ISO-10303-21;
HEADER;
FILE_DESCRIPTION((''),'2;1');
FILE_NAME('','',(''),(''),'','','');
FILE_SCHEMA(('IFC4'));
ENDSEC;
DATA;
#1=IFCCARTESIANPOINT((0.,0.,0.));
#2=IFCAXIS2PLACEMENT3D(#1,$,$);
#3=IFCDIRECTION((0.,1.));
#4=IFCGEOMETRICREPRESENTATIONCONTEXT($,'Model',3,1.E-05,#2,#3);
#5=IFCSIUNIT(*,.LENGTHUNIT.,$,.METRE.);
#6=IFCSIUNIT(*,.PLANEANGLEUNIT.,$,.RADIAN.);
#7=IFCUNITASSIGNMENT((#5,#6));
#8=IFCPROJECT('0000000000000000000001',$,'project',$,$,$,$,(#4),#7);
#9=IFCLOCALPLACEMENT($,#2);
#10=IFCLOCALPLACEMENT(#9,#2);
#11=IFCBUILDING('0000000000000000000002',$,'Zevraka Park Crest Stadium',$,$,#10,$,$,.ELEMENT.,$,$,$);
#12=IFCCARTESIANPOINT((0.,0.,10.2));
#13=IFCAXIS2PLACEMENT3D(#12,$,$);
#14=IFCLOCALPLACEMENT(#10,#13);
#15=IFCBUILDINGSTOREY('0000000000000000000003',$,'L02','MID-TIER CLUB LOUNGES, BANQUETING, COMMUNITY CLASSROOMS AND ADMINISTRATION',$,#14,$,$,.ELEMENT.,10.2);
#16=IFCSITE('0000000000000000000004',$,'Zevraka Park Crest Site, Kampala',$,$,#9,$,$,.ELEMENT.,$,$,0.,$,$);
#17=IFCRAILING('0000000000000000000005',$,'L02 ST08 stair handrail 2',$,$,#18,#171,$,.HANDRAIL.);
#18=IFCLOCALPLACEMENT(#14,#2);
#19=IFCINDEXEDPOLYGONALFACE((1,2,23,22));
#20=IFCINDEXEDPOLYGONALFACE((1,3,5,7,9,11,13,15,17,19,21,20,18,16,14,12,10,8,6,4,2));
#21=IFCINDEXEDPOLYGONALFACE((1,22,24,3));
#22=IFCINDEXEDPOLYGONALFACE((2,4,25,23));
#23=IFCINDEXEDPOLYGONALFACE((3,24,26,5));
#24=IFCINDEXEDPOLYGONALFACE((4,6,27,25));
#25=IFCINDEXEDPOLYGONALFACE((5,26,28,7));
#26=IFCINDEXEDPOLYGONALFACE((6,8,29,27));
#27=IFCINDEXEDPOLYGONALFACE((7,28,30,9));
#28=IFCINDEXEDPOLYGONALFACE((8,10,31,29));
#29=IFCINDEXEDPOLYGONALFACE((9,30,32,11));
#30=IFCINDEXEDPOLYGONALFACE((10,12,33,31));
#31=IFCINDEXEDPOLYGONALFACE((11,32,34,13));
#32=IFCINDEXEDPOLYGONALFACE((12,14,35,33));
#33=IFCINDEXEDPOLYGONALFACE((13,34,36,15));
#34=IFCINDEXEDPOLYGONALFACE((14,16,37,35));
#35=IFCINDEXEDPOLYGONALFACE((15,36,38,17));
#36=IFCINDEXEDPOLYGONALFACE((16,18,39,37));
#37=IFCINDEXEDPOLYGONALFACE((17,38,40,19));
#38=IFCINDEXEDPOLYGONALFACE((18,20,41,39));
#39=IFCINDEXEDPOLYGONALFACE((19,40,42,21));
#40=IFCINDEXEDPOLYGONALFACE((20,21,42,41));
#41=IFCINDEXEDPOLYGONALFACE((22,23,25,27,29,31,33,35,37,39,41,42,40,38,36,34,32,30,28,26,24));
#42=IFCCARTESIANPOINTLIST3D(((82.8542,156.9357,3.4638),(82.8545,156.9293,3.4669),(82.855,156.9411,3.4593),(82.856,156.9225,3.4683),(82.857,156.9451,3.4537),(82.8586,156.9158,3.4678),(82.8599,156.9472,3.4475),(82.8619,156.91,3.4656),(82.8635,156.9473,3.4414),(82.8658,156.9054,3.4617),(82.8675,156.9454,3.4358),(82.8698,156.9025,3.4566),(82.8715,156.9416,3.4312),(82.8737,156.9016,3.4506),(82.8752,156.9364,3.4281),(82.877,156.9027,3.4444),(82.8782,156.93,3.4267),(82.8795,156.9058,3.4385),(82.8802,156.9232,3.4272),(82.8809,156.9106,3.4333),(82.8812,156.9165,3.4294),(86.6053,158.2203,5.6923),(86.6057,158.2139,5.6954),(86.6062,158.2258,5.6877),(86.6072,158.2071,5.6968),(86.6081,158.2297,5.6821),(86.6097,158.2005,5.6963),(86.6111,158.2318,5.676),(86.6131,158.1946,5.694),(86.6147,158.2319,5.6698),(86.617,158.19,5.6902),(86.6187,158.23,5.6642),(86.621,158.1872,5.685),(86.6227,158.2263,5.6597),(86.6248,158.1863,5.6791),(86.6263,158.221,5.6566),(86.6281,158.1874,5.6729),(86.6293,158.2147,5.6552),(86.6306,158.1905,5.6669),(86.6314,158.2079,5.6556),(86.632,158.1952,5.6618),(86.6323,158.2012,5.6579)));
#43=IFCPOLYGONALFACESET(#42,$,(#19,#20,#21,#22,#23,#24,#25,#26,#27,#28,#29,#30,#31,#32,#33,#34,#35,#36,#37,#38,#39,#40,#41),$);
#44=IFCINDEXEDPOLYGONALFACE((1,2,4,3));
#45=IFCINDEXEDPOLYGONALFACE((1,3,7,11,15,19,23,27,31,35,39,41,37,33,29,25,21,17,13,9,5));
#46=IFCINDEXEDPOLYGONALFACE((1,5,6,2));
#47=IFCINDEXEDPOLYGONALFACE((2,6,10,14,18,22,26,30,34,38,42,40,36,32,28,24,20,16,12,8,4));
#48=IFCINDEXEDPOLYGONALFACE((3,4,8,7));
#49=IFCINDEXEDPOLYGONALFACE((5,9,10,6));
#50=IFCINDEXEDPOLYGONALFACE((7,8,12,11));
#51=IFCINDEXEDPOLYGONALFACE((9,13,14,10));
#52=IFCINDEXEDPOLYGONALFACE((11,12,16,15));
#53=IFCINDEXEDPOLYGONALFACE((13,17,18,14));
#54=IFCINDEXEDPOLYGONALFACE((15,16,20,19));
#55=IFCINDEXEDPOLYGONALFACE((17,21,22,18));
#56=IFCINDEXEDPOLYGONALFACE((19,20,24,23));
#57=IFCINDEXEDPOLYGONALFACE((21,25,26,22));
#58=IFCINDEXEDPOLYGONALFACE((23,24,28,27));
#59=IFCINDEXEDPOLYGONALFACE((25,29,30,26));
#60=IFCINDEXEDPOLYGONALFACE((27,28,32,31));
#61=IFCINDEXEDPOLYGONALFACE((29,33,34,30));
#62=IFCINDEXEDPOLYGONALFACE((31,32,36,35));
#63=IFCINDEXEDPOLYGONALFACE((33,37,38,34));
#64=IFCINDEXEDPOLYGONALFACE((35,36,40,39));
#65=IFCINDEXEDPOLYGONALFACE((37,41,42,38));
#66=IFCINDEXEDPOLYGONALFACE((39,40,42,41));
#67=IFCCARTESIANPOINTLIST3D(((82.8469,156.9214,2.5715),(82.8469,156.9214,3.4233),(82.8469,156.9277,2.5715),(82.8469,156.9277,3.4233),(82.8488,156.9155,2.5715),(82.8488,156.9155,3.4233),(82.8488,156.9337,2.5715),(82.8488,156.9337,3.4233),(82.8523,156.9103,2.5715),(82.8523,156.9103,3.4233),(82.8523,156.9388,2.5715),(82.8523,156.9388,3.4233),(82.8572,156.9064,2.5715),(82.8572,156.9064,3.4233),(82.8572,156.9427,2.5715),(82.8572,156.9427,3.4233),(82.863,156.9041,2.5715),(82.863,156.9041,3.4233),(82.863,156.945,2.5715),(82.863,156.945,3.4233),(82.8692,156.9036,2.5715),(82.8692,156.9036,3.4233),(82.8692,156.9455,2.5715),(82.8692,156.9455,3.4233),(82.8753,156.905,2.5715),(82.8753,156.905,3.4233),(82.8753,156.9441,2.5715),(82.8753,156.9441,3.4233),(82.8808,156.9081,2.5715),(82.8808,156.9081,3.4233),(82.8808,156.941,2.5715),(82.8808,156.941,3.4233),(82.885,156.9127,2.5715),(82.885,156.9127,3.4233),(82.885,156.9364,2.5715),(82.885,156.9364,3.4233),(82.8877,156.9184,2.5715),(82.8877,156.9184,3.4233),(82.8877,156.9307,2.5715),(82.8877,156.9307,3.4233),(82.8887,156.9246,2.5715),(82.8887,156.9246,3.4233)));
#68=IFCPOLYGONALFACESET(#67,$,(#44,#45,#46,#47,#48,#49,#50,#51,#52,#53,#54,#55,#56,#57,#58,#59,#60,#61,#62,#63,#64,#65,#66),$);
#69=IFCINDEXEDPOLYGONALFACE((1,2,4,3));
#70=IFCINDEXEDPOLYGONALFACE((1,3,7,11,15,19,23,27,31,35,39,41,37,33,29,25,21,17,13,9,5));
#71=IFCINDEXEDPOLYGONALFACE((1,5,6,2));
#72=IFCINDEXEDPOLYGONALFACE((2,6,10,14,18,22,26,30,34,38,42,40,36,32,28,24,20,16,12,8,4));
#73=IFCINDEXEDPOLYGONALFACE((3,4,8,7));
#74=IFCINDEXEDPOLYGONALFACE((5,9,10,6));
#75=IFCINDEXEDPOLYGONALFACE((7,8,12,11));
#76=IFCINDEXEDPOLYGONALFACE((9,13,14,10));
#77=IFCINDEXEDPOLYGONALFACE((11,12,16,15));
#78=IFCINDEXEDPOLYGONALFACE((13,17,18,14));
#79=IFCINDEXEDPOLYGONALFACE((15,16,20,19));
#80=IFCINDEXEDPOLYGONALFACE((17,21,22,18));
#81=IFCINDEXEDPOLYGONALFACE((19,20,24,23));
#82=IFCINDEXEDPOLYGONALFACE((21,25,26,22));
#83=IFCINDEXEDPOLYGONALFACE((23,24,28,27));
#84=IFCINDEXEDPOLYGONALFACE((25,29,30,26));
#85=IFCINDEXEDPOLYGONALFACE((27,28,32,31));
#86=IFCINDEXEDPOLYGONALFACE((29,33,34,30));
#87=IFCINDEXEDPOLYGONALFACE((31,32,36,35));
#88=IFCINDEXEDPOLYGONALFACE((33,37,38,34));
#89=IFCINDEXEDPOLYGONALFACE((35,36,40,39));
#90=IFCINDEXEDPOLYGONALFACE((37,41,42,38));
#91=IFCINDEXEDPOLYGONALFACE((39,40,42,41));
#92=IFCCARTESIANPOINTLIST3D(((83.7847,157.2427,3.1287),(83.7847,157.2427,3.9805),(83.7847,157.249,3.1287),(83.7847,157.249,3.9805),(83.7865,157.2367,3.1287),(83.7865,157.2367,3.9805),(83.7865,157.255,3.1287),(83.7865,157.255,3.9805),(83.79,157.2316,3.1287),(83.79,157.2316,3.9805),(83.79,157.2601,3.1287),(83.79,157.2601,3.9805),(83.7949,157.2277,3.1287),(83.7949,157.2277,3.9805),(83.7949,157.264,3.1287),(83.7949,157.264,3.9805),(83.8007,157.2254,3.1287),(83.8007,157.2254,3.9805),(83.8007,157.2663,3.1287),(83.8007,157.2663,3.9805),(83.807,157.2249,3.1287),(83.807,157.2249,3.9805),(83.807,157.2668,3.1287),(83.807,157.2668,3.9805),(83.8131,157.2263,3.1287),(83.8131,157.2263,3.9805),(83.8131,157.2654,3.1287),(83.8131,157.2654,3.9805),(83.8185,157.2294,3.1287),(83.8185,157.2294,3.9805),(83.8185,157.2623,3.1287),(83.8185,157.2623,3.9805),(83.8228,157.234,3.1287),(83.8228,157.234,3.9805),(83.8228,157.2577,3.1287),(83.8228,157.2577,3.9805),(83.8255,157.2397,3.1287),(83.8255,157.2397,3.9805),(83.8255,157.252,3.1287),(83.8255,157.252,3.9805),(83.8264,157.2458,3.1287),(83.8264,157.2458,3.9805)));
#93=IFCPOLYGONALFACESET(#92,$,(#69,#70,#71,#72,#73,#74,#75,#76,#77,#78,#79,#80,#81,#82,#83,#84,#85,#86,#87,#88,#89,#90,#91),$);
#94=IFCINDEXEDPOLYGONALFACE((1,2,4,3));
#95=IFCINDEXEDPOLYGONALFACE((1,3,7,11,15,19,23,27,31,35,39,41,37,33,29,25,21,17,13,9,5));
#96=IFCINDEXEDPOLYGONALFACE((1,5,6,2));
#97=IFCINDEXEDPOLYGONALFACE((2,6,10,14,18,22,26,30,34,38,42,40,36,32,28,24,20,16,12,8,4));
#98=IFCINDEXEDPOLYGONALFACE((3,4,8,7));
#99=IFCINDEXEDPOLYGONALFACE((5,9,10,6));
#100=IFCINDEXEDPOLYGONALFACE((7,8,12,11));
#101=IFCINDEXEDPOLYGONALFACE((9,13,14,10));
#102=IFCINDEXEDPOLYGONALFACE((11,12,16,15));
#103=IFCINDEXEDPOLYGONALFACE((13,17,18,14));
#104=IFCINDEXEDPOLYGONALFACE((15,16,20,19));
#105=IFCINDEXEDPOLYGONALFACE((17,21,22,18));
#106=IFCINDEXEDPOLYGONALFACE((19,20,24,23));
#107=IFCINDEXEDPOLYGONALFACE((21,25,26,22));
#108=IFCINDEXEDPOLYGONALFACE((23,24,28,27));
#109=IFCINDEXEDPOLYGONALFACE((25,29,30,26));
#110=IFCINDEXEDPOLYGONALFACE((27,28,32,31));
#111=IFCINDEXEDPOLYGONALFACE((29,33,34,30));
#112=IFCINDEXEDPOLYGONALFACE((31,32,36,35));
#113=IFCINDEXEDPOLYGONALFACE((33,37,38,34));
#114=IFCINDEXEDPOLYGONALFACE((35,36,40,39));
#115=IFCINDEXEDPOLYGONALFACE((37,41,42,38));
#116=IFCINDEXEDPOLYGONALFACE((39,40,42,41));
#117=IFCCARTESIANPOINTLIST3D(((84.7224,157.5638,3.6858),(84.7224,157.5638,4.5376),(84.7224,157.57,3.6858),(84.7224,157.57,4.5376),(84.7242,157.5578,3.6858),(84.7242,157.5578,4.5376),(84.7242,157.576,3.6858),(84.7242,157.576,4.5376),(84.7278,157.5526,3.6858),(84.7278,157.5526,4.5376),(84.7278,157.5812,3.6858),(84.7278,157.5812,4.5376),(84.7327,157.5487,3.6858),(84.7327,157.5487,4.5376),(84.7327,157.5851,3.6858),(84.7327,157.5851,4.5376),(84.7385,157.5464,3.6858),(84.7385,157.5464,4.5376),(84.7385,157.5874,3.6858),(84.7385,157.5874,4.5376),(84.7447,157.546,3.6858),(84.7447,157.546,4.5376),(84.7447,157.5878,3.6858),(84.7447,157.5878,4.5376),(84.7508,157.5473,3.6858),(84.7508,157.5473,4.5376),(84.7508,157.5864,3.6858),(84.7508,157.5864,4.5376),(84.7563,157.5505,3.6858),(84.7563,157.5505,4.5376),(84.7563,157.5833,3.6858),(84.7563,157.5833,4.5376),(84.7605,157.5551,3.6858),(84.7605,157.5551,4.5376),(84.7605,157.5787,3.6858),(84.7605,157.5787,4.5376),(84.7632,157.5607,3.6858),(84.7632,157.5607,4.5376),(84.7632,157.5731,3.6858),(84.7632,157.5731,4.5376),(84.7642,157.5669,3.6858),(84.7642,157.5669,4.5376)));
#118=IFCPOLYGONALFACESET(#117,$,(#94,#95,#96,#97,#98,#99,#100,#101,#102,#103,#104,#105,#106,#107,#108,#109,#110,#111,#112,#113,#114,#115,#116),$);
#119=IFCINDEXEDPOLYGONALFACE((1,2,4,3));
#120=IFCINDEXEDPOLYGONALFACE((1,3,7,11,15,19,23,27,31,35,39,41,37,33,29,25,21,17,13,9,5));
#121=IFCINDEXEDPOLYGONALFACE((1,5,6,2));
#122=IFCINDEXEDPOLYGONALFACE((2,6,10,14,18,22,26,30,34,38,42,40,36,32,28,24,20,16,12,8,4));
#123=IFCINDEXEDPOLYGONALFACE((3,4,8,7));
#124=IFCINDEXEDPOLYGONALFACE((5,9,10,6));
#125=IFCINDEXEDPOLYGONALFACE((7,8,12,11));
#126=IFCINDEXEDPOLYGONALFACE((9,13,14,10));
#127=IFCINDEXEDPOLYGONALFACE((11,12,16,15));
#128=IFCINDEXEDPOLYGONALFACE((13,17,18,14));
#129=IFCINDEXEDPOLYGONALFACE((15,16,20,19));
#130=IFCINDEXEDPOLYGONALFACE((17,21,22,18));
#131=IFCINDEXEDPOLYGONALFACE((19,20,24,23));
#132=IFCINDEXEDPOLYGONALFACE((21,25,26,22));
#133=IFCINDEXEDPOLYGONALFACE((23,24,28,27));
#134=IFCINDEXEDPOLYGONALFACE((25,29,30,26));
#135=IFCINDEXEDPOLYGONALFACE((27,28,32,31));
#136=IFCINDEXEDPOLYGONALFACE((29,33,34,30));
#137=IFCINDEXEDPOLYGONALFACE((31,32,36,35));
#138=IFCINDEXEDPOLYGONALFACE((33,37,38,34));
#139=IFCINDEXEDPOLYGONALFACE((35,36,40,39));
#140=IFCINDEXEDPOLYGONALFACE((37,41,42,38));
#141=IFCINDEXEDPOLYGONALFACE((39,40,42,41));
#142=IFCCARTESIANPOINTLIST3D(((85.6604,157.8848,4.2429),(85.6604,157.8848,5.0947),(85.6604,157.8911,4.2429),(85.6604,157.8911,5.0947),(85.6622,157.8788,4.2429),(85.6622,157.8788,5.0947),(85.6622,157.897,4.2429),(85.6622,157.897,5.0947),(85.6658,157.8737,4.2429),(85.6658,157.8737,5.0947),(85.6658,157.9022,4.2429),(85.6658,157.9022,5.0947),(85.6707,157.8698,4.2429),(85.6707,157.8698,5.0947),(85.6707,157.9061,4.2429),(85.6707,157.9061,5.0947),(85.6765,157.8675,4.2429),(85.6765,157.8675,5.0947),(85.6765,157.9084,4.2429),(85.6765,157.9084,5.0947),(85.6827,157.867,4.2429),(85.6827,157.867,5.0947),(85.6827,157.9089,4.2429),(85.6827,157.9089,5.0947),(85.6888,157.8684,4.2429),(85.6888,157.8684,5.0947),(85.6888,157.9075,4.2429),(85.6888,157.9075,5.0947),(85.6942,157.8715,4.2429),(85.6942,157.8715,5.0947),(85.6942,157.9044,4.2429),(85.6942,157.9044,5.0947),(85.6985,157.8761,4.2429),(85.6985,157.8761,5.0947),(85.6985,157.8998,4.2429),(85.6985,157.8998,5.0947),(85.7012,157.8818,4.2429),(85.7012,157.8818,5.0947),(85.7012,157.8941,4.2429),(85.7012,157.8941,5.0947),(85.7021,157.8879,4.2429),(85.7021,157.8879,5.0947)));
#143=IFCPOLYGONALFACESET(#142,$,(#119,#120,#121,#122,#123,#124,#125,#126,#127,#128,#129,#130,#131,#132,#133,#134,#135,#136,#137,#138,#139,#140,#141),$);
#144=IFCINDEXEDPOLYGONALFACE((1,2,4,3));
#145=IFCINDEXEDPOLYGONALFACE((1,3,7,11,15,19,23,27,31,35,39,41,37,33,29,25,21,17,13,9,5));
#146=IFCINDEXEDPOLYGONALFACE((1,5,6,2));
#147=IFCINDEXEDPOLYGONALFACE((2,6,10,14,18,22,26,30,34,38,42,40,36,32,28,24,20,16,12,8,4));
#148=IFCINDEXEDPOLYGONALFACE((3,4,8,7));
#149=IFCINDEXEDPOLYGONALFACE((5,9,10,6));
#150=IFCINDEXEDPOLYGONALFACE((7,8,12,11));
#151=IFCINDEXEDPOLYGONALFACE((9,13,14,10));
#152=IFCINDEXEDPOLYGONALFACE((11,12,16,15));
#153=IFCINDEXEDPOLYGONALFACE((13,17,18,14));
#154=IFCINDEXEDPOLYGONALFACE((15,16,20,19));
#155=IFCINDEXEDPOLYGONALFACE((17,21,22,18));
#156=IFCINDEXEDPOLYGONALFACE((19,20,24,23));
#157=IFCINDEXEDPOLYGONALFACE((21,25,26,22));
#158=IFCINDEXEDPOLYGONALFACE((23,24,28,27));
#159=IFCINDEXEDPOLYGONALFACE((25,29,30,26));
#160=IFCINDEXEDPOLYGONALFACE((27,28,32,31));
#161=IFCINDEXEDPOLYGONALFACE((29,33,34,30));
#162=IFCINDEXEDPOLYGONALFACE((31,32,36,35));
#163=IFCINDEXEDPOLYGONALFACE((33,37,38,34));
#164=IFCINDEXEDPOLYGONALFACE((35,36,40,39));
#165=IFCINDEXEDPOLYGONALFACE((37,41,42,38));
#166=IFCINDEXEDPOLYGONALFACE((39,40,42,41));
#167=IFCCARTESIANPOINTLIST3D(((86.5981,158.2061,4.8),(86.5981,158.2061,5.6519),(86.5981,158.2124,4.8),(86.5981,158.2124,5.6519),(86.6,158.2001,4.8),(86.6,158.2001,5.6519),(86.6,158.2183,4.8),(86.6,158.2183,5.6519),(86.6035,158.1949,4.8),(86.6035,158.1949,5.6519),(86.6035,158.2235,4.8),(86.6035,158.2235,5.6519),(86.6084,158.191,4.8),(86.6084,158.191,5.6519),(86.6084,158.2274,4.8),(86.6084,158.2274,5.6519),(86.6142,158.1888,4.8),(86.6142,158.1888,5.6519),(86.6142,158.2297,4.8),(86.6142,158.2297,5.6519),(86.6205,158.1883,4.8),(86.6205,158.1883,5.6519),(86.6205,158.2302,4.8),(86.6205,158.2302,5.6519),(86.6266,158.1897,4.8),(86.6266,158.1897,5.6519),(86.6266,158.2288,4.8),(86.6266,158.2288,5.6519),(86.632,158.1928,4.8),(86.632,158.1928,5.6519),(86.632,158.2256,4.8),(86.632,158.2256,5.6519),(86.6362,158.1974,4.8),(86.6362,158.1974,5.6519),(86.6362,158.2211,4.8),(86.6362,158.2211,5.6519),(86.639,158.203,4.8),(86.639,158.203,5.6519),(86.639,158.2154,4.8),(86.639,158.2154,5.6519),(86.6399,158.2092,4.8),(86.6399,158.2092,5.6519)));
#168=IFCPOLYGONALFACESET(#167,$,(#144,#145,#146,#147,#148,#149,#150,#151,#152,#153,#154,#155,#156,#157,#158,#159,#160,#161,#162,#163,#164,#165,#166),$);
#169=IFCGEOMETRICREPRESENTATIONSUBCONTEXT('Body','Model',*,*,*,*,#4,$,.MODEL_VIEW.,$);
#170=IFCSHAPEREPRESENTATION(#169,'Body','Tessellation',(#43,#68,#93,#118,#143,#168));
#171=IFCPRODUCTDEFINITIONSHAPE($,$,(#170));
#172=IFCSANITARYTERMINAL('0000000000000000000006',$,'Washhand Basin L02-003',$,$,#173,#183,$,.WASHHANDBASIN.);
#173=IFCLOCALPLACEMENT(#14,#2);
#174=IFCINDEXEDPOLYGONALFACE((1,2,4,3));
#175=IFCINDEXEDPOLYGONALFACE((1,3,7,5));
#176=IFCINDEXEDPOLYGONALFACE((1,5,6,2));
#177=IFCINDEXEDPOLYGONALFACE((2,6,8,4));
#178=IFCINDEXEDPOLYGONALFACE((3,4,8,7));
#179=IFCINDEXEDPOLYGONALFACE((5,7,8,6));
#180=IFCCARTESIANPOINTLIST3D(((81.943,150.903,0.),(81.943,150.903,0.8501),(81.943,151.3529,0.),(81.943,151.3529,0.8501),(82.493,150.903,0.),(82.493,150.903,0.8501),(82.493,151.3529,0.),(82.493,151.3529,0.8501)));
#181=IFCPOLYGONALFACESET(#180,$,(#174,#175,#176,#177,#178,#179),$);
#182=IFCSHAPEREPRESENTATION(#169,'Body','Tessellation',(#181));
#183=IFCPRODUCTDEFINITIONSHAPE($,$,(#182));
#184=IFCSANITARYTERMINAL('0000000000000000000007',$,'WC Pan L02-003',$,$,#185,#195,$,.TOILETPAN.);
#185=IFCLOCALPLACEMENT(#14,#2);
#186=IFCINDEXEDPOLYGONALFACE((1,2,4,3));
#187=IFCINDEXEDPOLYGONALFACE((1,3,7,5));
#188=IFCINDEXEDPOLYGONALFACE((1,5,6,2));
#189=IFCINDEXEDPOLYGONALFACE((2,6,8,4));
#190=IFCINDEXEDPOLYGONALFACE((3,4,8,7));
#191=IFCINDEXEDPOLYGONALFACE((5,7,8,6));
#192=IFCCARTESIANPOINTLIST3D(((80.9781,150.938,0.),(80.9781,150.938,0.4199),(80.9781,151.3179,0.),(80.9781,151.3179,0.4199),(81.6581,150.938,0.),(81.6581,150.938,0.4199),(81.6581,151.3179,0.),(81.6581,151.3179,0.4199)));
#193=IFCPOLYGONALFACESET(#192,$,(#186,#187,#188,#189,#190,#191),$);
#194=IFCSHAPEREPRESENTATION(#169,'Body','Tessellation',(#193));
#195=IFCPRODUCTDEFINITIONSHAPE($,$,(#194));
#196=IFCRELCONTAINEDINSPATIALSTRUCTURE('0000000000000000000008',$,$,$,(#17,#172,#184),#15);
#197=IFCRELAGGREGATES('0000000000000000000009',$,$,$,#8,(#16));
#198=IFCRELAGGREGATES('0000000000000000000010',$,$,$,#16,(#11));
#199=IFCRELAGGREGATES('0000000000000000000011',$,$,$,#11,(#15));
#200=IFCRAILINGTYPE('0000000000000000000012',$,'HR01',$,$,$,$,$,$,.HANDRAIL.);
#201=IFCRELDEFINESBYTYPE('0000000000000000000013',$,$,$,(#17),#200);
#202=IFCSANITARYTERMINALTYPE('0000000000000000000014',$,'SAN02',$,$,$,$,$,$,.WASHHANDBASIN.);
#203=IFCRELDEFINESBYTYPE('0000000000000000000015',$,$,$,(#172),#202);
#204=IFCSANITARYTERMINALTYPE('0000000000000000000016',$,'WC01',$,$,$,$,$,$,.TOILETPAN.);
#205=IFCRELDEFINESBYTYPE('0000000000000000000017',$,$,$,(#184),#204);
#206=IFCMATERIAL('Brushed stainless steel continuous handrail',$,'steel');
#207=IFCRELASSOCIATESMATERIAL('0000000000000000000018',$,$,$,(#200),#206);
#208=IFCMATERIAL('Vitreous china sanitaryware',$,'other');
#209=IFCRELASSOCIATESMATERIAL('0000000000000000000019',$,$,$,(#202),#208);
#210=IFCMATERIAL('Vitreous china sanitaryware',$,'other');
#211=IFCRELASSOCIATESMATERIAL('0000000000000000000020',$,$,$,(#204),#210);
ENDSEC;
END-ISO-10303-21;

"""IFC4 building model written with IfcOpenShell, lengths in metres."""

from ifc_helpers import new_model, si_unit, direction, frame, origin, origin_2d, place, context, subcontext, project, spatial, rectangle, circle, extrude, material, type_object, element, save


model = new_model("IFC4")

# Units and contexts
model_context = context("Model", 3, precision=1e-05, world=origin(), true_north=direction((0.0, 1.0)))
body_context = subcontext(model_context, "Body", "Model", "MODEL_VIEW")
ifc_project = project(units=[si_unit("LENGTHUNIT", "METRE"), si_unit("PLANEANGLEUNIT", "RADIAN")], contexts=[model_context])

# Site, building, storey
site_placement = place(None, origin())
site = spatial("IfcSite", under=ifc_project, at=site_placement, Name="Zevraka Park Crest Site, Kampala", CompositionType="ELEMENT", RefElevation=0.0)
building_placement = place(site_placement, origin())
building = spatial("IfcBuilding", under=site, at=building_placement, Name="Zevraka Park Crest Stadium", CompositionType="ELEMENT")
storey_placement = place(building_placement, frame((0.0, 0.0, 10.2)))
storey = spatial("IfcBuildingStorey", under=building, at=storey_placement, Name="L02", Description="MID-TIER CLUB LOUNGES, BANQUETING, COMMUNITY CLASSROOMS AND ADMINISTRATION", CompositionType="ELEMENT", Elevation=10.2)

# Railing
ifc_material_1 = material(Name="Brushed stainless steel continuous handrail", Category="steel")
railing_type_1 = type_object("IfcRailingType", Name="HR01", PredefinedType="HANDRAIL", material=ifc_material_1)
railing_1_placement = place(storey_placement, frame((82.8677, 156.9246, 2.5715)))
element("IfcRailing", 1, at=railing_1_placement, inside=storey, type_object=railing_type_1, Name="L02 ST08 stair handrail 2", PredefinedType="HANDRAIL", context=body_context, shape_type="SweptSolid", body=[
    extrude(circle(Radius=0.0239, at=origin_2d()), frame((0.0, 0.0, 0.876), z_axis=(0.824727, 0.282441, 0.489952), x_axis=(-0.323994, 0.946059, 0.0)), (0.0, 0.0, 1.0), 4.5483),
    extrude(circle(Radius=0.021, at=origin_2d()), origin(), (0.0, 0.0, 1.0), 0.8518),
    extrude(circle(Radius=0.021, at=origin_2d()), frame((0.9377, 0.3213, 0.5571)), (0.0, 0.0, 1.0), 0.8518),
    extrude(circle(Radius=0.021, at=origin_2d()), frame((1.8755, 0.6423, 1.1143)), (0.0, 0.0, 1.0), 0.8518),
    extrude(circle(Radius=0.021, at=origin_2d()), frame((2.8135, 0.9634, 1.6714)), (0.0, 0.0, 1.0), 0.8518),
    extrude(circle(Radius=0.021, at=origin_2d()), frame((3.7512, 1.2847, 2.2285)), (0.0, 0.0, 1.0), 0.8518),
])

# Sanitary terminals
ifc_material_2 = material(Name="Vitreous china sanitaryware", Category="other")
sanitary_terminal_type_1 = type_object("IfcSanitaryTerminalType", Name="SAN02", PredefinedType="WASHHANDBASIN", material=ifc_material_2)
sanitary_terminal_1_placement = place(storey_placement, frame((82.218, 151.1279, 0.0), z_axis=(0.0, 0.0, 1.0), x_axis=(1.0, 0.0, 0.0)))
element("IfcSanitaryTerminal", 2, at=sanitary_terminal_1_placement, inside=storey, type_object=sanitary_terminal_type_1, Name="Washhand Basin L02-003", PredefinedType="WASHHANDBASIN", context=body_context, shape_type="SweptSolid", body=[
    extrude(rectangle(XDim=0.55, YDim=0.45, at=origin_2d()), origin(), (0.0, 0.0, 1.0), 0.8501),
])
ifc_material_3 = material(Name="Vitreous china sanitaryware", Category="other")
sanitary_terminal_type_2 = type_object("IfcSanitaryTerminalType", Name="WC01", PredefinedType="TOILETPAN", material=ifc_material_3)
sanitary_terminal_2_placement = place(storey_placement, frame((81.3181, 151.1279, 0.0), z_axis=(0.0, 0.0, 1.0), x_axis=(1.0, 0.0, 0.0)))
element("IfcSanitaryTerminal", 3, at=sanitary_terminal_2_placement, inside=storey, type_object=sanitary_terminal_type_2, Name="WC Pan L02-003", PredefinedType="TOILETPAN", context=body_context, shape_type="SweptSolid", body=[
    extrude(rectangle(XDim=0.6799, YDim=0.3799, at=origin_2d()), origin(), (0.0, 0.0, 1.0), 0.4199),
])

save(model, "model.ifc")
